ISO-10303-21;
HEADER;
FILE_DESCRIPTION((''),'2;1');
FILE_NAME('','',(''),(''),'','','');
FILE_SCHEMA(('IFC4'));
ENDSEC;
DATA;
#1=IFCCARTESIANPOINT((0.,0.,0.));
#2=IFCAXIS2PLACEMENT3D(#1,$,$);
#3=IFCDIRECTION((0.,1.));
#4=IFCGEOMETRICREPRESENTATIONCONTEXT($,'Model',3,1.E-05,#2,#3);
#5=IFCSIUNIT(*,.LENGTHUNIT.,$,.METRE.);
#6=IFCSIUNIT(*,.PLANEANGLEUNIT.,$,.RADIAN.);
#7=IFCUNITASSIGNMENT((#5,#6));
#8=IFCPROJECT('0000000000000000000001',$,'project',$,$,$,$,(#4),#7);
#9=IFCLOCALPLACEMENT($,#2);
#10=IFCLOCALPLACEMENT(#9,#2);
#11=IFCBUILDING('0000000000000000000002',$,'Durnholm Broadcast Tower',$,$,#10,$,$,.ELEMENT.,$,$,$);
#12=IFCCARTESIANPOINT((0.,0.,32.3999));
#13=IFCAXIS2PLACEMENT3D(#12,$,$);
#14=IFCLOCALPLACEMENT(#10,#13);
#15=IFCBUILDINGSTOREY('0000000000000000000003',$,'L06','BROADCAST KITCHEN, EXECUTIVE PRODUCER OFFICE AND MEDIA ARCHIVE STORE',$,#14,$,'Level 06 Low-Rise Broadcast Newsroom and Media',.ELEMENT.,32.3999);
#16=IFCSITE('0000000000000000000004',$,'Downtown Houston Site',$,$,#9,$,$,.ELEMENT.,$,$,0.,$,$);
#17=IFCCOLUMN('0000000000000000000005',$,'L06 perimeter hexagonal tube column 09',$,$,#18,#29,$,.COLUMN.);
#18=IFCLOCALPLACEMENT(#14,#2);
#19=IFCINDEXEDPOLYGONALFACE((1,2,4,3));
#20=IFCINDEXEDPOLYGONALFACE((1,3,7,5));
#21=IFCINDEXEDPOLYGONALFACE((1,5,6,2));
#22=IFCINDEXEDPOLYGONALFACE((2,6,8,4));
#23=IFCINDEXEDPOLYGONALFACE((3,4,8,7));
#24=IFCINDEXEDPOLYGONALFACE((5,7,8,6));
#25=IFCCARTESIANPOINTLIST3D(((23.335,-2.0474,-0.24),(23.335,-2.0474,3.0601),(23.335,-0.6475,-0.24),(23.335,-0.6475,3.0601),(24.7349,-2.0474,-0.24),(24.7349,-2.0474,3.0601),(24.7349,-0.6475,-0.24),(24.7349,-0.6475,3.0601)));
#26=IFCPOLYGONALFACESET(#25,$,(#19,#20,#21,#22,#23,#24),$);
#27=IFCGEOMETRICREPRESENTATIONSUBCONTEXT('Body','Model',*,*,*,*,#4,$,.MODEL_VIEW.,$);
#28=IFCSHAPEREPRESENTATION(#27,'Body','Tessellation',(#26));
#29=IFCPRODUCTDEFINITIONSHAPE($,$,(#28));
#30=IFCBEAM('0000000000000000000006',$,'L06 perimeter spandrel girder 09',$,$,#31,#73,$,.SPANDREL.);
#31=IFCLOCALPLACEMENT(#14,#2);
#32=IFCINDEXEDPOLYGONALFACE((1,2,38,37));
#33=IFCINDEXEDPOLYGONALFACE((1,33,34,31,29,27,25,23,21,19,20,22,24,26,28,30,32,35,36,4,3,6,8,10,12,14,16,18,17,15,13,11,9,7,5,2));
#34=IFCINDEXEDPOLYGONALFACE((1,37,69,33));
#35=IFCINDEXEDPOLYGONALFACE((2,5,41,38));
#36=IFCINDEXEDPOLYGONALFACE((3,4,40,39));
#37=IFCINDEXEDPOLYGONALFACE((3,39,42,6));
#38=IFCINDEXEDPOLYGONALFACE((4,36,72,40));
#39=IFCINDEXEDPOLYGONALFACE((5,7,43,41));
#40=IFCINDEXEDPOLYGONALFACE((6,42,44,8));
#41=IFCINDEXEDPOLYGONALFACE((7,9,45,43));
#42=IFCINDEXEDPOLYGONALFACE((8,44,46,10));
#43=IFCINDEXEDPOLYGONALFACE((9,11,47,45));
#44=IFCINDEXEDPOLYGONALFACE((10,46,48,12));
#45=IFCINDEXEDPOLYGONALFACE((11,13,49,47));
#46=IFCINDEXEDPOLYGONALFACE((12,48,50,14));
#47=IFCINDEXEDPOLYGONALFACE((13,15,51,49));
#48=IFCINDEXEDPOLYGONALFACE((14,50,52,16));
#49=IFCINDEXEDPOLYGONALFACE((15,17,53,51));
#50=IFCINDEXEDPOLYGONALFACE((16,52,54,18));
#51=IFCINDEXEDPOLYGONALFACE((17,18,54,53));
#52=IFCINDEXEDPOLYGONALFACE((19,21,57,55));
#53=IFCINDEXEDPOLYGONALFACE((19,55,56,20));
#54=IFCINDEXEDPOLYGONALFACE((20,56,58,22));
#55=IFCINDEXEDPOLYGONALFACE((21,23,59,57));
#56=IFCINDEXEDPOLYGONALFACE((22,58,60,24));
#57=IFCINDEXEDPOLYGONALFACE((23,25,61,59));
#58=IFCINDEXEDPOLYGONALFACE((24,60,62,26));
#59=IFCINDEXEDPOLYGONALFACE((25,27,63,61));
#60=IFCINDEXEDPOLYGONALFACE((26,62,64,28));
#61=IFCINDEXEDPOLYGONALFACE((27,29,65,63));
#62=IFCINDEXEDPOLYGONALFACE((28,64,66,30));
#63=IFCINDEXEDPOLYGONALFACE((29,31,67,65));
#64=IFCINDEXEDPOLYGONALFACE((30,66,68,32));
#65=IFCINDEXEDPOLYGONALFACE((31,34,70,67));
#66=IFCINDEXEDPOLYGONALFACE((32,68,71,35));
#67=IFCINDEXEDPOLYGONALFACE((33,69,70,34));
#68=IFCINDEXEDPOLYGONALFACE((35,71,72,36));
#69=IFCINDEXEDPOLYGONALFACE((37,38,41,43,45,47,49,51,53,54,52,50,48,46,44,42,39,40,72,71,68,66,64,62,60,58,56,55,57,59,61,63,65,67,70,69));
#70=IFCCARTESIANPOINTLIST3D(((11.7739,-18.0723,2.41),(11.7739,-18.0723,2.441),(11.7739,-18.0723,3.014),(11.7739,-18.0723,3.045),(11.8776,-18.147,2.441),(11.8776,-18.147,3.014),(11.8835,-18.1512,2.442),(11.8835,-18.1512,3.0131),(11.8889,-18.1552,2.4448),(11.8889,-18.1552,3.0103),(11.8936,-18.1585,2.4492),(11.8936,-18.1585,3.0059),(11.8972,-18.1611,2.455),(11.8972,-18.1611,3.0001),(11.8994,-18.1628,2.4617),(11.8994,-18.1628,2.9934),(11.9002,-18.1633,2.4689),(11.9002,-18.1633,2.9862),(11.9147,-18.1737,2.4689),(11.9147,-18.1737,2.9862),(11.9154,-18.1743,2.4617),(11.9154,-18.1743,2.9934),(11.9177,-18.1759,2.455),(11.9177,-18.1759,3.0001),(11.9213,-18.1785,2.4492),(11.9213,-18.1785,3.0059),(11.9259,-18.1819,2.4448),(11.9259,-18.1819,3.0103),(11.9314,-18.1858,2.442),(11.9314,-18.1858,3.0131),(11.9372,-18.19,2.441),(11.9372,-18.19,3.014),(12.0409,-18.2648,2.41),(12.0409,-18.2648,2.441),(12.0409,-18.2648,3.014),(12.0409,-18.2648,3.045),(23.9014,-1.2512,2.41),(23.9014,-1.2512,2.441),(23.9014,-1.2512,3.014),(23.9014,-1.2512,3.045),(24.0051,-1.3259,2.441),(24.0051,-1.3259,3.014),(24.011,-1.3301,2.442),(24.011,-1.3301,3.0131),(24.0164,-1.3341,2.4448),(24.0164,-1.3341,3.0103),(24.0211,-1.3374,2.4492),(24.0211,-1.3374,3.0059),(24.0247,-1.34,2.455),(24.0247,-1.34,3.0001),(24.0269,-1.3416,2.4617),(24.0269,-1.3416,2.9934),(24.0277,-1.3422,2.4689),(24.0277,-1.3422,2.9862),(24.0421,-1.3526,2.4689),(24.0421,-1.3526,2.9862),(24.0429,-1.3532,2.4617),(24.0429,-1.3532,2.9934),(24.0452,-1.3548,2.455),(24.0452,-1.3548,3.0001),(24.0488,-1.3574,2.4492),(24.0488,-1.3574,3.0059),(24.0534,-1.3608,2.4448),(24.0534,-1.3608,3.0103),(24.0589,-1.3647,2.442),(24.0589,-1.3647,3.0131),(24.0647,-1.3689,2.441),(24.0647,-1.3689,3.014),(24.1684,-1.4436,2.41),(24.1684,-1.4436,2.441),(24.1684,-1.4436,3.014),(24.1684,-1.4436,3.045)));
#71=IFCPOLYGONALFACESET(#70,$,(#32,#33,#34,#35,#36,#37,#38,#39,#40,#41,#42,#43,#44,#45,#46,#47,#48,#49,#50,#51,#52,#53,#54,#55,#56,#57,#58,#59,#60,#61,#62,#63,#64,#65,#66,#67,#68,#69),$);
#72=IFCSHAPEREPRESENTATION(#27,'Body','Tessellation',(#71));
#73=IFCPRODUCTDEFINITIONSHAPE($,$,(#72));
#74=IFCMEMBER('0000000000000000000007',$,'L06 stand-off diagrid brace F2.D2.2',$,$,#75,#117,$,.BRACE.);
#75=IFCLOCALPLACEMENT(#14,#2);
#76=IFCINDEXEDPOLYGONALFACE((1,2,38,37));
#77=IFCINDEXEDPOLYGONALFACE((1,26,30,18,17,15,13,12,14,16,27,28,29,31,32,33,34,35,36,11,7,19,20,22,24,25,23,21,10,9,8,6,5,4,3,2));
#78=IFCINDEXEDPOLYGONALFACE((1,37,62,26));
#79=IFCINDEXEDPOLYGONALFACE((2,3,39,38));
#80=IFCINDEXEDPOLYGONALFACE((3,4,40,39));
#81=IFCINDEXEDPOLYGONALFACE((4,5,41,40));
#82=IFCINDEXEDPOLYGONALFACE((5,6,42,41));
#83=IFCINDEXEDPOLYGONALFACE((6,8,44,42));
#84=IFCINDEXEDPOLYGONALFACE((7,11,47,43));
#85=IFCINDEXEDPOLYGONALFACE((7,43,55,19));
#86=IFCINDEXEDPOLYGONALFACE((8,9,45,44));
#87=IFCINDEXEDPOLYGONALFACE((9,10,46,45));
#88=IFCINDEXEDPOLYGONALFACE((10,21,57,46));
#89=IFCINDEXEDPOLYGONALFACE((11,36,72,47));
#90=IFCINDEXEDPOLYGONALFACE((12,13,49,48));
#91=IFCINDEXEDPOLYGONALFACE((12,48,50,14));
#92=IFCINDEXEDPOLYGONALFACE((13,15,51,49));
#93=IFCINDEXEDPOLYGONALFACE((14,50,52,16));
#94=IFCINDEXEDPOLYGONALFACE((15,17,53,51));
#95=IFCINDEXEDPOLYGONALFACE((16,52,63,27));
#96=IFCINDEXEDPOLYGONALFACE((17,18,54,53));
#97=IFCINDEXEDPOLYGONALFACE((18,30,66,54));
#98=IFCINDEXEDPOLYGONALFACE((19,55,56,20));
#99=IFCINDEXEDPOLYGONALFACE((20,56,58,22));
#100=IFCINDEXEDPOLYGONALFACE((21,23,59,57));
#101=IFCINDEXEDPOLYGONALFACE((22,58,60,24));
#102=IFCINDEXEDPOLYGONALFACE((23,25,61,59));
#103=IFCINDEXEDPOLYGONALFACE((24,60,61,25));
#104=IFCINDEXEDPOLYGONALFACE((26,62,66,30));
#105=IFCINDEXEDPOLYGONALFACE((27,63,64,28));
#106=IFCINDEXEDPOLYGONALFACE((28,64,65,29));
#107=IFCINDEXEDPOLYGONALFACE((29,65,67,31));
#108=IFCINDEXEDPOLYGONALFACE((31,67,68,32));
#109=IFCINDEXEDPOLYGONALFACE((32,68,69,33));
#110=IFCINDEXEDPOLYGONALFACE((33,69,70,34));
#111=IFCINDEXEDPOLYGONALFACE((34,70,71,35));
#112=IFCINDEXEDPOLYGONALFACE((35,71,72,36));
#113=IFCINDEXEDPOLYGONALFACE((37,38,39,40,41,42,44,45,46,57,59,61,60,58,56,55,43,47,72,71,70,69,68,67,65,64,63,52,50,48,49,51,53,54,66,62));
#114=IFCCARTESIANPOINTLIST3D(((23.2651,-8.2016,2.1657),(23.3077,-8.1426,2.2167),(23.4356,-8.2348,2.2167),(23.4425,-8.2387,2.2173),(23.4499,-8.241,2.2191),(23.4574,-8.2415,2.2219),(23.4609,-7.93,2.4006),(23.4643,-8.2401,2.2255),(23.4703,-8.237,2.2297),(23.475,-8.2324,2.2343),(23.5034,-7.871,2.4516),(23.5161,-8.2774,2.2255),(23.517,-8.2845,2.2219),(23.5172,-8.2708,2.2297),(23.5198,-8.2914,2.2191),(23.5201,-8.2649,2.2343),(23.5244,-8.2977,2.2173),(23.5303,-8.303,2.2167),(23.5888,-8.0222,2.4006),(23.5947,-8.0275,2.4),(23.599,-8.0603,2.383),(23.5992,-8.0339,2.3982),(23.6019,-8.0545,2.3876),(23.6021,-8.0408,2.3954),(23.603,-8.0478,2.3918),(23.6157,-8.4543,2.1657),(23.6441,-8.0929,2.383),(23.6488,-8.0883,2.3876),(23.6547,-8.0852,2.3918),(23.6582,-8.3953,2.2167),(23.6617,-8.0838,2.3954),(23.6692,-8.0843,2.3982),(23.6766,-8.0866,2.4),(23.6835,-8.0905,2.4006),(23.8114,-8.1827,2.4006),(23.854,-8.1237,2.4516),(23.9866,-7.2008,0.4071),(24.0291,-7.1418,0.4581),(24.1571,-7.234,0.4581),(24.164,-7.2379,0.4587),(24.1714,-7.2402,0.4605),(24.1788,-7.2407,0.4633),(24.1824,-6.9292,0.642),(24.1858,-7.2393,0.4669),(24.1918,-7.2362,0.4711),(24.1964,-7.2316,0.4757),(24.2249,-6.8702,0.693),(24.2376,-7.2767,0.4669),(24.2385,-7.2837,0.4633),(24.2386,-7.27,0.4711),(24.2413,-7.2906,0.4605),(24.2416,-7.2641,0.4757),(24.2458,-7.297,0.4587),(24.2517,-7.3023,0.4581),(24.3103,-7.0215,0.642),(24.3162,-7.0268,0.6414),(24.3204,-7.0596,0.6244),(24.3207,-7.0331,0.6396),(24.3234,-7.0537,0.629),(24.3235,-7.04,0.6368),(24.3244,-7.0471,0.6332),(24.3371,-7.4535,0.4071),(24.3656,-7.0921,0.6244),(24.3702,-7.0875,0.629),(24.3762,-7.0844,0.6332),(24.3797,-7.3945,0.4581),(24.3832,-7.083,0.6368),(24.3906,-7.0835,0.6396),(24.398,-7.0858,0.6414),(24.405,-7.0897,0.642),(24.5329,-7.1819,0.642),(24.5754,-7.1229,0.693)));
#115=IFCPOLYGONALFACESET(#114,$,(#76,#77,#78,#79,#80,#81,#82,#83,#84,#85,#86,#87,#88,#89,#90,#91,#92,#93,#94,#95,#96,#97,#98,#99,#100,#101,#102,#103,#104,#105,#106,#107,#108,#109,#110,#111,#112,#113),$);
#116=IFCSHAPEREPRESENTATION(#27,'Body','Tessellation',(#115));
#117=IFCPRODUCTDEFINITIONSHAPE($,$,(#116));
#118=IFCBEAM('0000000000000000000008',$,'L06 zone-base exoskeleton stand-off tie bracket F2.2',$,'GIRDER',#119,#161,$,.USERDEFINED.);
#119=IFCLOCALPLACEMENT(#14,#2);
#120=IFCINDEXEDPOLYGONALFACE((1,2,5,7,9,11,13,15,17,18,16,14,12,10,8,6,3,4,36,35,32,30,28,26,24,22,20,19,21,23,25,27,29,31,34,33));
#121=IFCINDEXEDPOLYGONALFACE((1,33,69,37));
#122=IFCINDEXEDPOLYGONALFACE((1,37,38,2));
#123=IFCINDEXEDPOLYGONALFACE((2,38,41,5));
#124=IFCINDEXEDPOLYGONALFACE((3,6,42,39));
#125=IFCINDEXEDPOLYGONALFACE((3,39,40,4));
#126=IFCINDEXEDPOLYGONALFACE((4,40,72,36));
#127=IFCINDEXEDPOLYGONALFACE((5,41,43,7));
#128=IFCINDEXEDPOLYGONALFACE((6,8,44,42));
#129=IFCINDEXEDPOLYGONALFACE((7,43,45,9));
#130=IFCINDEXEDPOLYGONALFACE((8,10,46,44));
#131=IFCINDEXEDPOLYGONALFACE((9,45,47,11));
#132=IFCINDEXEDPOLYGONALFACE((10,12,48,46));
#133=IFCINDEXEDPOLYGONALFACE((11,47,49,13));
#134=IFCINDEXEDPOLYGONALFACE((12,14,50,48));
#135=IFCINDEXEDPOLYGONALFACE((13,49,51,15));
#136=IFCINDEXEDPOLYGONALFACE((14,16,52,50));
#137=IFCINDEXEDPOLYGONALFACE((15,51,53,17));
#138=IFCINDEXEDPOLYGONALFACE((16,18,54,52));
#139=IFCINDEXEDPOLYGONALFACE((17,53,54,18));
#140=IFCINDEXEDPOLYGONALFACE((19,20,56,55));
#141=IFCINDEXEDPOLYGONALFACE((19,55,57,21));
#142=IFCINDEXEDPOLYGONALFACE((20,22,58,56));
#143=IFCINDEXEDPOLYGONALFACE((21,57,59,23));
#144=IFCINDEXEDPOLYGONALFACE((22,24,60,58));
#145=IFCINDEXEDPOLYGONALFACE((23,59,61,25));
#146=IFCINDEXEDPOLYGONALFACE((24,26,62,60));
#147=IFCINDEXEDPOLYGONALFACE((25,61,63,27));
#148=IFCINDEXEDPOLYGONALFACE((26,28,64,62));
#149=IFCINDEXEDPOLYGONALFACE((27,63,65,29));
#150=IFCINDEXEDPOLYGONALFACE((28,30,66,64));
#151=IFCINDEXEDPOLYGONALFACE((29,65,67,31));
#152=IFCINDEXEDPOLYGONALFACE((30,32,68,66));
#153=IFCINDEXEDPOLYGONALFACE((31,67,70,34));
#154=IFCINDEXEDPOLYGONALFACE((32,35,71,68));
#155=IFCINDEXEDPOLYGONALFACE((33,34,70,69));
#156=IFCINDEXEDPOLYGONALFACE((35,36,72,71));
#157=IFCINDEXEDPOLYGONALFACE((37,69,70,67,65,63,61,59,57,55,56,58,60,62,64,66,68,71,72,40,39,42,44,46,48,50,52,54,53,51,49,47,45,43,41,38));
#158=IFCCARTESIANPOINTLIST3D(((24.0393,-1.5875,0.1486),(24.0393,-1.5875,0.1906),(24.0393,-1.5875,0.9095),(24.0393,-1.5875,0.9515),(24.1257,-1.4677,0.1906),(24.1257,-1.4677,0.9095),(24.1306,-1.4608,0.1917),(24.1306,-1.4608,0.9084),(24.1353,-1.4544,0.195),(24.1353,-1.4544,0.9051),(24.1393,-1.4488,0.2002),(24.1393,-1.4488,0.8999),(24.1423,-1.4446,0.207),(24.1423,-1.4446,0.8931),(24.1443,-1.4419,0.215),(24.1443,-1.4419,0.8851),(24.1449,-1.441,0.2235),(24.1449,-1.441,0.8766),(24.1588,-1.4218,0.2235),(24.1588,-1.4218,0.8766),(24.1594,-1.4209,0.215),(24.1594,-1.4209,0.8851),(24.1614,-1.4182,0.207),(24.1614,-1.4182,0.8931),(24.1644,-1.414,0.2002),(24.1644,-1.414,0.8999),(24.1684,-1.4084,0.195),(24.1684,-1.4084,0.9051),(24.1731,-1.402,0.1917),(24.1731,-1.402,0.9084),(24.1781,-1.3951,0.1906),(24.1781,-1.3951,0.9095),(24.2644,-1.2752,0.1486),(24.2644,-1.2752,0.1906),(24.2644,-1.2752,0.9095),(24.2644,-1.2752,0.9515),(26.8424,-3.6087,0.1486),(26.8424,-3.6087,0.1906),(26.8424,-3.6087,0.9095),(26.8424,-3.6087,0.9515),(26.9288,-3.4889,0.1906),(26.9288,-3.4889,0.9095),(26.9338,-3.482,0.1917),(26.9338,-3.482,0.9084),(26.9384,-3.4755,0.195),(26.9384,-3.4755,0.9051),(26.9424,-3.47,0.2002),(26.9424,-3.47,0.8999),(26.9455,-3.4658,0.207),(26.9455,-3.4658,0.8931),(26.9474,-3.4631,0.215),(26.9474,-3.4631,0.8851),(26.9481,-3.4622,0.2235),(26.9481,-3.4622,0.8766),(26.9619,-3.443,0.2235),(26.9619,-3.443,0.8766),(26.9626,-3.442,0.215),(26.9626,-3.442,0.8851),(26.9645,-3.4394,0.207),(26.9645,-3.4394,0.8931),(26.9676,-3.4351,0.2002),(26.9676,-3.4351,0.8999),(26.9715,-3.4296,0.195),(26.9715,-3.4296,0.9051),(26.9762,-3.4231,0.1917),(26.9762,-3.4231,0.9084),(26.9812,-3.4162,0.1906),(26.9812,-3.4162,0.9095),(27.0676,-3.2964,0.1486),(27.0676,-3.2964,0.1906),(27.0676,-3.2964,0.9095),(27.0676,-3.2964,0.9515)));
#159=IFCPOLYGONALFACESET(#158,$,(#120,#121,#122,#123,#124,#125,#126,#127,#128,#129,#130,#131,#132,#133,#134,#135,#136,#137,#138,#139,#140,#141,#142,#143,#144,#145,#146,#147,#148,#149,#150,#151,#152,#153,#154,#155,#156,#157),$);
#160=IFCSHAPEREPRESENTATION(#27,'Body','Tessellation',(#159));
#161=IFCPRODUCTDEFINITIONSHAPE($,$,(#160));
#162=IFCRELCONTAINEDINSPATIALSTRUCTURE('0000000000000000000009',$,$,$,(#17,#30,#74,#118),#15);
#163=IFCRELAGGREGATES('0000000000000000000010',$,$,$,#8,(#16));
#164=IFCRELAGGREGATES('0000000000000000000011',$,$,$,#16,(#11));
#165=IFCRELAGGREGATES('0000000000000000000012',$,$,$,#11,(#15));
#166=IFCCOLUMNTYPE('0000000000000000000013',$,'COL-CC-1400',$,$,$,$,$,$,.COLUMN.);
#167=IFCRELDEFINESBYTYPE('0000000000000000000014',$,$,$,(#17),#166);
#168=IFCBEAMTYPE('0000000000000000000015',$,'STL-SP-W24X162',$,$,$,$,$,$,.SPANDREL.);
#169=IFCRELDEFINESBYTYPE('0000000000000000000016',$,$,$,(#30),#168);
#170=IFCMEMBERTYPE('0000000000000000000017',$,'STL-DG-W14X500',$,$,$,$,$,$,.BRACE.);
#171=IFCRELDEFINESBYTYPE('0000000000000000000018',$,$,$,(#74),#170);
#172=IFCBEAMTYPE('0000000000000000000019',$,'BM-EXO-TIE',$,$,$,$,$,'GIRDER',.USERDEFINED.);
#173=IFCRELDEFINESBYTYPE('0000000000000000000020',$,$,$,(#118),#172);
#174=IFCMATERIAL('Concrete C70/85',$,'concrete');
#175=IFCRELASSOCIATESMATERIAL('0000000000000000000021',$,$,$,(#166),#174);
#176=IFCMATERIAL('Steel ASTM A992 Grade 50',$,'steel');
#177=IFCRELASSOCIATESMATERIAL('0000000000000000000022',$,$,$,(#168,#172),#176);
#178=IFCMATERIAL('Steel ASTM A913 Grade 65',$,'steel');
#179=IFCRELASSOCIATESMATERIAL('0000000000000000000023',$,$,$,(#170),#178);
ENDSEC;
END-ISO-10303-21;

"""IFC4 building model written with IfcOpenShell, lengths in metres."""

from ifc_helpers import new_model, si_unit, direction, frame, origin, origin_2d, place, context, subcontext, project, spatial, rectangle, i_section, extrude, source, transform, mapped, material, material_profile, profile_set, type_object, type_shapes, element, save


model = new_model("IFC4")

# Units and contexts
model_context = context("Model", 3, precision=1e-05, world=origin(), true_north=direction((0.0, 1.0)))
body_context = subcontext(model_context, "Body", "Model", "MODEL_VIEW")
ifc_project = project(units=[si_unit("LENGTHUNIT", "METRE"), si_unit("PLANEANGLEUNIT", "RADIAN")], contexts=[model_context])

# Site, building, storey
site_placement = place(None, origin())
site = spatial("IfcSite", under=ifc_project, at=site_placement, Name="Downtown Houston Site", CompositionType="ELEMENT", RefElevation=0.0)
building_placement = place(site_placement, origin())
building = spatial("IfcBuilding", under=site, at=building_placement, Name="Durnholm Broadcast Tower", CompositionType="ELEMENT")
storey_placement = place(building_placement, frame((0.0, 0.0, 32.3999)))
storey = spatial("IfcBuildingStorey", under=building, at=storey_placement, Name="L06", Description="BROADCAST KITCHEN, EXECUTIVE PRODUCER OFFICE AND MEDIA ARCHIVE STORE", LongName="Level 06 Low-Rise Broadcast Newsroom and Media", CompositionType="ELEMENT", Elevation=32.3999)

# Column
ifc_material_1 = material(Name="Concrete C70/85", Category="concrete")
ifc_material_profile_1 = material_profile(ifc_material_1, rectangle(XDim=1.3999, YDim=1.3999, at=origin_2d()), Name="RC1400X1400")
ifc_profile_set_1 = profile_set([ifc_material_profile_1], Name="Concrete C70/85")
column_type = type_object("IfcColumnType", Name="COL-CC-1400", PredefinedType="COLUMN", material=ifc_profile_set_1)
shared_shape_1 = source(origin(), body_context, "Body", "SweptSolid", [
    extrude(rectangle(XDim=1.3999, YDim=1.3999, at=origin_2d()), origin(), (0.0, 0.0, 1.0), 3.3),
])
type_shapes(column_type, [shared_shape_1])
column_placement = place(storey_placement, frame((24.0349, -1.3474, -0.24), z_axis=(0.0, 0.0, 1.0), x_axis=(1.0, 0.0, 0.0)))
element("IfcColumn", 1, at=column_placement, inside=storey, type_object=column_type, Name="L06 perimeter hexagonal tube column 09", PredefinedType="COLUMN", context=body_context, shape_type="MappedRepresentation", body=[
    mapped(shared_shape_1, transform((0.0, 0.0, 0.0), x_axis=(1.0, 0.0, 0.0), y_axis=(0.0, 1.0, 0.0), z_axis=(0.0, 0.0, 1.0), scale=1.0)),
])

# Beam
ifc_material_2 = material(Name="Steel ASTM A992 Grade 50", Category="steel")
ifc_material_profile_2 = material_profile(ifc_material_2, i_section(OverallWidth=0.3291, OverallDepth=0.635, WebThickness=0.0178, FlangeThickness=0.031, FilletRadius=0.0278, at=origin_2d()), Name="W24X162")
ifc_profile_set_2 = profile_set([ifc_material_profile_2], Name="Steel ASTM A992 Grade 50")
beam_type_1 = type_object("IfcBeamType", Name="STL-SP-W24X162", PredefinedType="SPANDREL", material=ifc_profile_set_2)
shared_shape_2 = source(origin(), body_context, "Body", "SweptSolid", [
    extrude(i_section(OverallWidth=0.3291, OverallDepth=0.635, WebThickness=0.0178, FlangeThickness=0.031, FilletRadius=0.0278, at=origin_2d()), origin(), (0.0, 0.0, 1.0), 20.7371),
])
type_shapes(beam_type_1, [shared_shape_2])
beam_placement = place(storey_placement, frame((24.0349, -1.3474, 2.7275), z_axis=(-0.584822, -0.811162, 0.0), x_axis=(0.811162, -0.584822, 0.0)))
element("IfcBeam", 2, at=beam_placement, inside=storey, type_object=beam_type_1, Name="L06 perimeter spandrel girder 09", PredefinedType="SPANDREL", context=body_context, shape_type="MappedRepresentation", body=[
    mapped(shared_shape_2, transform((0.0, 0.0, 0.0), x_axis=(1.0, 0.0, 0.0), y_axis=(0.0, 1.0, 0.0), z_axis=(0.0, 0.0, 1.0), scale=1.0)),
])

# Member
ifc_material_3 = material(Name="Steel ASTM A913 Grade 65", Category="steel")
ifc_material_profile_3 = material_profile(ifc_material_3, i_section(OverallWidth=0.4321, OverallDepth=0.4978, WebThickness=0.0557, FlangeThickness=0.0889, FilletRadius=0.0305, at=origin_2d()), Name="W14X500")
ifc_profile_set_3 = profile_set([ifc_material_profile_3], Name="Steel ASTM A913 Grade 65")
member_type_1 = type_object("IfcMemberType", Name="STL-DG-W14X500", PredefinedType="BRACE", material=ifc_profile_set_3)
shared_shape_3 = source(origin(), body_context, "Body", "SweptSolid", [
    extrude(i_section(OverallWidth=0.4321, OverallDepth=0.4978, WebThickness=0.0557, FlangeThickness=0.0889, FilletRadius=0.0305, at=origin_2d()), origin(), (0.0, 0.0, 1.0), 2.1482),
])
type_shapes(member_type_1, [shared_shape_3])
member_1_placement = place(storey_placement, frame((24.281, -7.1619, 0.55), z_axis=(-0.335845, -0.465865, 0.818644), x_axis=(0.811185, -0.584789, 0.0)))
element("IfcMember", 3, at=member_1_placement, inside=storey, type_object=member_type_1, Name="L06 stand-off diagrid brace F2.D2.2", PredefinedType="BRACE", context=body_context, shape_type="MappedRepresentation", body=[
    mapped(shared_shape_3, transform((0.0, 0.0, 0.0), x_axis=(1.0, 0.0, 0.0), y_axis=(0.0, 1.0, 0.0), z_axis=(0.0, 0.0, 1.0), scale=1.0)),
])

# Beam
ifc_material_profile_4 = material_profile(ifc_material_2, i_section(OverallWidth=0.385, OverallDepth=0.803, WebThickness=0.0237, FlangeThickness=0.042, FilletRadius=0.033, at=origin_2d()), Name="W30X261")
ifc_profile_set_4 = profile_set([ifc_material_profile_4], Name="Steel ASTM A992 Grade 50")
beam_type_2 = type_object("IfcBeamType", Name="BM-EXO-TIE", ElementType="GIRDER", PredefinedType="USERDEFINED", material=ifc_profile_set_4)
shared_shape_4 = source(origin(), body_context, "Body", "SweptSolid", [
    extrude(i_section(OverallWidth=0.385, OverallDepth=0.803, WebThickness=0.0237, FlangeThickness=0.042, FilletRadius=0.033, at=origin_2d()), origin(), (0.0, 0.0, 1.0), 3.4558),
])
type_shapes(beam_type_2, [shared_shape_4])
for number, where, z_axis, x_axis, name in (
    (4, (24.1519, -1.4314, 0.55), (0.811134, -0.584861, 0.0), (0.584861, 0.811134, 0.0), "L06 zone-base exoskeleton stand-off tie bracket F2.2"),
):
    element("IfcBeam", number, at=place(storey_placement, frame(where, z_axis=z_axis, x_axis=x_axis)), inside=storey, type_object=beam_type_2, Name=name, ObjectType="GIRDER", PredefinedType="USERDEFINED", context=body_context, shape_type="MappedRepresentation", body=[
        mapped(shared_shape_4, transform((0.0, 0.0, 0.0), x_axis=(1.0, 0.0, 0.0), y_axis=(0.0, 1.0, 0.0), z_axis=(0.0, 0.0, 1.0), scale=1.0)),
    ])

save(model, "model.ifc")
